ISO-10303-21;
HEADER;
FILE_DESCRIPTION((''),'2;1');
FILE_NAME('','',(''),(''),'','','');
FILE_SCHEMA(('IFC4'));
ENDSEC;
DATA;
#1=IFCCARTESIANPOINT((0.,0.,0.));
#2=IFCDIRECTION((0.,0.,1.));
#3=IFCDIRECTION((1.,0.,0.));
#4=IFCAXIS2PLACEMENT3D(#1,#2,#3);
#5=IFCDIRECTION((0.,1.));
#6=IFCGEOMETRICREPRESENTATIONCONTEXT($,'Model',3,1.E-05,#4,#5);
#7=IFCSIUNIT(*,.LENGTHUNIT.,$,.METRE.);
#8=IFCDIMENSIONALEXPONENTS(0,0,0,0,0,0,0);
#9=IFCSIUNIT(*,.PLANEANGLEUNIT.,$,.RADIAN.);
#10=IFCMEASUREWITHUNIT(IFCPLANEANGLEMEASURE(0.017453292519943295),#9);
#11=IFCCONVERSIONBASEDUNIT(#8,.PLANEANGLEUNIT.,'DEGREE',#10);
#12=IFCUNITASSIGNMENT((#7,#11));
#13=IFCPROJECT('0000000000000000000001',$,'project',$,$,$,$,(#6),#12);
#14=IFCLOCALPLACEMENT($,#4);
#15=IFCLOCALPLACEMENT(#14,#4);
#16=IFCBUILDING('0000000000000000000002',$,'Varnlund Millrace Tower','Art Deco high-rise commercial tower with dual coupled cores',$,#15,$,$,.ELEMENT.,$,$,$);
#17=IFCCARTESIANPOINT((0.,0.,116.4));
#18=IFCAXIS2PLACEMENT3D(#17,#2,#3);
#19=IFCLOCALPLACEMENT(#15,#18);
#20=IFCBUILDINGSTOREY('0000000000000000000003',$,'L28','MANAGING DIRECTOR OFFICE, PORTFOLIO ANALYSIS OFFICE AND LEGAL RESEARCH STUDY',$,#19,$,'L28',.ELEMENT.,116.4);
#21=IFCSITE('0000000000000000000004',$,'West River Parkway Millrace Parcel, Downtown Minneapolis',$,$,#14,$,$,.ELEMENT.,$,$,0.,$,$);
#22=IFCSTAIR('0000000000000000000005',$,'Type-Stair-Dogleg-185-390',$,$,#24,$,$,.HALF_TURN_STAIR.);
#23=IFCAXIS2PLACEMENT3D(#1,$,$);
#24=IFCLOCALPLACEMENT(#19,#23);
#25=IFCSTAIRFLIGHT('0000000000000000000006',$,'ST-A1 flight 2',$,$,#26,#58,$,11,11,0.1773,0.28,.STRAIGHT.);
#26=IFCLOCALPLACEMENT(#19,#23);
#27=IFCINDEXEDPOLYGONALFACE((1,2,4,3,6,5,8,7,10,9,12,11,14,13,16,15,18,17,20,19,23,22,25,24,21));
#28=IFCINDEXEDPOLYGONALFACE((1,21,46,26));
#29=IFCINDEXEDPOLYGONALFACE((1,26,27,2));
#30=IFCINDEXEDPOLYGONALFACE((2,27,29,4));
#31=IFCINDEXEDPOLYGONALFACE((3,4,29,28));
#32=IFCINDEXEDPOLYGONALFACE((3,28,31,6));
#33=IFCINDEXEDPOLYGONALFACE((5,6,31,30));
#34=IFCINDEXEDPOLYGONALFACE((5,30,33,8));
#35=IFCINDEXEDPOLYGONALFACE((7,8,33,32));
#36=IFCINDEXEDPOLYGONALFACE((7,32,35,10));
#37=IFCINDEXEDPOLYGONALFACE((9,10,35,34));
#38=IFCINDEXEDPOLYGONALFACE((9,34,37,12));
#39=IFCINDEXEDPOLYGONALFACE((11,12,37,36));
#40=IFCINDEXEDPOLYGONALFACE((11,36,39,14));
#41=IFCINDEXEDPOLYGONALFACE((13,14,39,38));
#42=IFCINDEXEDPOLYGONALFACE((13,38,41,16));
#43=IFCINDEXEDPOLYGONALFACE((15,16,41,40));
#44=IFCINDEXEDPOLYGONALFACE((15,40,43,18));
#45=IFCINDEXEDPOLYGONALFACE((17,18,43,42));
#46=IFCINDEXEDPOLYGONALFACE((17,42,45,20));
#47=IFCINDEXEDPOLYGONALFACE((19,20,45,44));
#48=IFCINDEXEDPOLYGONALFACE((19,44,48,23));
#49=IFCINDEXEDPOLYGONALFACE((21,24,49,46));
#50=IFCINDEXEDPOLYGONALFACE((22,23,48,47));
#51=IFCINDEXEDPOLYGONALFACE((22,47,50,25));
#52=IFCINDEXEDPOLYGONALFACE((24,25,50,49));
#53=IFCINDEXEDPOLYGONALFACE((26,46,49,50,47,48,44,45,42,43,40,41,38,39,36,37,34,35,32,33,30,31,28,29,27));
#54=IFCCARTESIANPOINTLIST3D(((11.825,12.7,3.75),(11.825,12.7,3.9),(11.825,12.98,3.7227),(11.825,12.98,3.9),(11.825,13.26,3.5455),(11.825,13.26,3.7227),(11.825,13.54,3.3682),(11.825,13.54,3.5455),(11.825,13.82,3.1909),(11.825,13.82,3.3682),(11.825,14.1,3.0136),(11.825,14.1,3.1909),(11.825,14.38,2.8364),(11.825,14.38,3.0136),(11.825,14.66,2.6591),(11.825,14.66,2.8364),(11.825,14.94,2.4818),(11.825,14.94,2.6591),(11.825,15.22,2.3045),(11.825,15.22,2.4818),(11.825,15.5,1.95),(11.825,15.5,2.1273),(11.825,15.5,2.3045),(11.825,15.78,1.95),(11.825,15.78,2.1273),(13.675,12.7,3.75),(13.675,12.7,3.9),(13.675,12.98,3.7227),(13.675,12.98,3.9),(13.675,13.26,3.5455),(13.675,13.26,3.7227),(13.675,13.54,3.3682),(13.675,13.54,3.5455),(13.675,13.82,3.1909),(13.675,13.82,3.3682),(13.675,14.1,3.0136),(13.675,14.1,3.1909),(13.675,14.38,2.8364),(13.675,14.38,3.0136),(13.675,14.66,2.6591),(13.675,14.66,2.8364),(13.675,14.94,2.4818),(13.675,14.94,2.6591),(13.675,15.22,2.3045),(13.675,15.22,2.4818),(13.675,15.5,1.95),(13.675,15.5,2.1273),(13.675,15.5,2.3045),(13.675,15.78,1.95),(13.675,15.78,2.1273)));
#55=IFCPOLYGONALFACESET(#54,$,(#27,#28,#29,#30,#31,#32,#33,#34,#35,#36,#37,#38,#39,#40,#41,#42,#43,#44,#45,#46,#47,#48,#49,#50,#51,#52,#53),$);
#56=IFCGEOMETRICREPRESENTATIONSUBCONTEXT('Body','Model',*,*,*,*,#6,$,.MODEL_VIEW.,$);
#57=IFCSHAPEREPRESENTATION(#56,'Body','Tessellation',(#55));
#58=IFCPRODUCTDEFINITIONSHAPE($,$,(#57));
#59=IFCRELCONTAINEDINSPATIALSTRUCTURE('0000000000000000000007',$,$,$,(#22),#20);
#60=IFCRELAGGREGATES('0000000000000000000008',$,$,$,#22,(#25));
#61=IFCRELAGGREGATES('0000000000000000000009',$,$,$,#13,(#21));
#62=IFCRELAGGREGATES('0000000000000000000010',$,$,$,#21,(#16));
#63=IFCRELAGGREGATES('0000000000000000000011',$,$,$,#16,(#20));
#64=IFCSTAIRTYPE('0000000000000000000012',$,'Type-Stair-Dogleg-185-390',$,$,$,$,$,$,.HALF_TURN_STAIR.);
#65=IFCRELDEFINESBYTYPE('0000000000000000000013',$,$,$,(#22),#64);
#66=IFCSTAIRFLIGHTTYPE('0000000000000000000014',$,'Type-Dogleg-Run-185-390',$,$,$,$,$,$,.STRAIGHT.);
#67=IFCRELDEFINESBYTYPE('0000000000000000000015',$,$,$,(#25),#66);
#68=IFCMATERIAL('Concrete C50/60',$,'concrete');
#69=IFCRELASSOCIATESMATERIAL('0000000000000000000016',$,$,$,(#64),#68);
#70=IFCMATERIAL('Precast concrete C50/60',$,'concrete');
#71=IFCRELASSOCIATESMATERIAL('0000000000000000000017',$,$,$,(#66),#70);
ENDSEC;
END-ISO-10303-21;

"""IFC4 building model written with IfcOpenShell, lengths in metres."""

from ifc_helpers import new_model, entity, si_unit, converted_unit, direction, frame, origin_with_axes, place, context, subcontext, project, spatial, polyline, outline, extrude, material, type_object, element, aggregate, save


model = new_model("IFC4")

# Units and contexts
model_context = context("Model", 3, precision=1e-05, world=origin_with_axes(), true_north=direction((0.0, 1.0)))
body_context = subcontext(model_context, "Body", "Model", "MODEL_VIEW")
ifc_project = project(units=[si_unit("LENGTHUNIT", "METRE"), converted_unit("PLANEANGLEUNIT", "DEGREE", entity("IfcPlaneAngleMeasure", 0.017453292519943295), si_unit("PLANEANGLEUNIT", "RADIAN"), dimensions=[0, 0, 0, 0, 0, 0, 0])], contexts=[model_context])

# Site, building, storey
site_placement = place(None, origin_with_axes())
site = spatial("IfcSite", under=ifc_project, at=site_placement, Name="West River Parkway Millrace Parcel, Downtown Minneapolis", CompositionType="ELEMENT", RefElevation=0.0)
building_placement = place(site_placement, origin_with_axes())
building = spatial("IfcBuilding", under=site, at=building_placement, Name="Varnlund Millrace Tower", Description="Art Deco high-rise commercial tower with dual coupled cores", CompositionType="ELEMENT")
storey_placement = place(building_placement, frame((0.0, 0.0, 116.4), z_axis=(0.0, 0.0, 1.0), x_axis=(1.0, 0.0, 0.0)))
storey = spatial("IfcBuildingStorey", under=building, at=storey_placement, Name="L28", Description="MANAGING DIRECTOR OFFICE, PORTFOLIO ANALYSIS OFFICE AND LEGAL RESEARCH STUDY", LongName="L28", CompositionType="ELEMENT", Elevation=116.4)

# Stair
ifc_material_1 = material(Name="Concrete C50/60", Category="concrete")
stair_type_1 = type_object("IfcStairType", Name="Type-Stair-Dogleg-185-390", PredefinedType="HALF_TURN_STAIR", material=ifc_material_1)
stair_1_placement = place(storey_placement, origin_with_axes())
stair_1 = element("IfcStair", 1, at=stair_1_placement, inside=storey, type_object=stair_type_1, Name="Type-Stair-Dogleg-185-390", PredefinedType="HALF_TURN_STAIR")

# Shared definitions
ifc_material_2 = material(Name="Precast concrete C50/60", Category="concrete")

# Stair flight
stair_flight_type = type_object("IfcStairFlightType", Name="Type-Dogleg-Run-185-390", PredefinedType="STRAIGHT", material=ifc_material_2)
stair_flight_placement = place(storey_placement, frame((13.675, 15.78, 1.95), z_axis=(-1.0, 0.0, 0.0), x_axis=(0.0, -1.0, 0.0)))
stair_flight = element("IfcStairFlight", 2, at=stair_flight_placement, type_object=stair_flight_type, Name="ST-A1 flight 2", NumberOfRisers=11, NumberOfTreads=11, PredefinedType="STRAIGHT", RiserHeight=0.1773, TreadLength=0.28, context=body_context, shape_type="SweptSolid", body=[
    extrude(outline(polyline([(0.0, 0.0), (0.0, 0.1773), (0.28, 0.1773), (0.28, 0.3545), (0.56, 0.3545), (0.56, 0.5318), (0.84, 0.5318), (0.84, 0.7091), (1.12, 0.7091), (1.12, 0.8864), (1.4, 0.8864), (1.4, 1.0636), (1.68, 1.0636), (1.68, 1.2409), (1.96, 1.2409), (1.96, 1.4182), (2.24, 1.4182), (2.24, 1.5955), (2.52, 1.5955), (2.52, 1.7727), (2.8, 1.7727), (2.8, 1.95), (3.08, 1.95), (3.08, 1.8), (0.28, 0.0), (0.0, 0.0)])), origin_with_axes(), (0.0, 0.0, 1.0), 1.85),
])
aggregate(stair_1, [stair_flight])

save(model, "model.ifc")
